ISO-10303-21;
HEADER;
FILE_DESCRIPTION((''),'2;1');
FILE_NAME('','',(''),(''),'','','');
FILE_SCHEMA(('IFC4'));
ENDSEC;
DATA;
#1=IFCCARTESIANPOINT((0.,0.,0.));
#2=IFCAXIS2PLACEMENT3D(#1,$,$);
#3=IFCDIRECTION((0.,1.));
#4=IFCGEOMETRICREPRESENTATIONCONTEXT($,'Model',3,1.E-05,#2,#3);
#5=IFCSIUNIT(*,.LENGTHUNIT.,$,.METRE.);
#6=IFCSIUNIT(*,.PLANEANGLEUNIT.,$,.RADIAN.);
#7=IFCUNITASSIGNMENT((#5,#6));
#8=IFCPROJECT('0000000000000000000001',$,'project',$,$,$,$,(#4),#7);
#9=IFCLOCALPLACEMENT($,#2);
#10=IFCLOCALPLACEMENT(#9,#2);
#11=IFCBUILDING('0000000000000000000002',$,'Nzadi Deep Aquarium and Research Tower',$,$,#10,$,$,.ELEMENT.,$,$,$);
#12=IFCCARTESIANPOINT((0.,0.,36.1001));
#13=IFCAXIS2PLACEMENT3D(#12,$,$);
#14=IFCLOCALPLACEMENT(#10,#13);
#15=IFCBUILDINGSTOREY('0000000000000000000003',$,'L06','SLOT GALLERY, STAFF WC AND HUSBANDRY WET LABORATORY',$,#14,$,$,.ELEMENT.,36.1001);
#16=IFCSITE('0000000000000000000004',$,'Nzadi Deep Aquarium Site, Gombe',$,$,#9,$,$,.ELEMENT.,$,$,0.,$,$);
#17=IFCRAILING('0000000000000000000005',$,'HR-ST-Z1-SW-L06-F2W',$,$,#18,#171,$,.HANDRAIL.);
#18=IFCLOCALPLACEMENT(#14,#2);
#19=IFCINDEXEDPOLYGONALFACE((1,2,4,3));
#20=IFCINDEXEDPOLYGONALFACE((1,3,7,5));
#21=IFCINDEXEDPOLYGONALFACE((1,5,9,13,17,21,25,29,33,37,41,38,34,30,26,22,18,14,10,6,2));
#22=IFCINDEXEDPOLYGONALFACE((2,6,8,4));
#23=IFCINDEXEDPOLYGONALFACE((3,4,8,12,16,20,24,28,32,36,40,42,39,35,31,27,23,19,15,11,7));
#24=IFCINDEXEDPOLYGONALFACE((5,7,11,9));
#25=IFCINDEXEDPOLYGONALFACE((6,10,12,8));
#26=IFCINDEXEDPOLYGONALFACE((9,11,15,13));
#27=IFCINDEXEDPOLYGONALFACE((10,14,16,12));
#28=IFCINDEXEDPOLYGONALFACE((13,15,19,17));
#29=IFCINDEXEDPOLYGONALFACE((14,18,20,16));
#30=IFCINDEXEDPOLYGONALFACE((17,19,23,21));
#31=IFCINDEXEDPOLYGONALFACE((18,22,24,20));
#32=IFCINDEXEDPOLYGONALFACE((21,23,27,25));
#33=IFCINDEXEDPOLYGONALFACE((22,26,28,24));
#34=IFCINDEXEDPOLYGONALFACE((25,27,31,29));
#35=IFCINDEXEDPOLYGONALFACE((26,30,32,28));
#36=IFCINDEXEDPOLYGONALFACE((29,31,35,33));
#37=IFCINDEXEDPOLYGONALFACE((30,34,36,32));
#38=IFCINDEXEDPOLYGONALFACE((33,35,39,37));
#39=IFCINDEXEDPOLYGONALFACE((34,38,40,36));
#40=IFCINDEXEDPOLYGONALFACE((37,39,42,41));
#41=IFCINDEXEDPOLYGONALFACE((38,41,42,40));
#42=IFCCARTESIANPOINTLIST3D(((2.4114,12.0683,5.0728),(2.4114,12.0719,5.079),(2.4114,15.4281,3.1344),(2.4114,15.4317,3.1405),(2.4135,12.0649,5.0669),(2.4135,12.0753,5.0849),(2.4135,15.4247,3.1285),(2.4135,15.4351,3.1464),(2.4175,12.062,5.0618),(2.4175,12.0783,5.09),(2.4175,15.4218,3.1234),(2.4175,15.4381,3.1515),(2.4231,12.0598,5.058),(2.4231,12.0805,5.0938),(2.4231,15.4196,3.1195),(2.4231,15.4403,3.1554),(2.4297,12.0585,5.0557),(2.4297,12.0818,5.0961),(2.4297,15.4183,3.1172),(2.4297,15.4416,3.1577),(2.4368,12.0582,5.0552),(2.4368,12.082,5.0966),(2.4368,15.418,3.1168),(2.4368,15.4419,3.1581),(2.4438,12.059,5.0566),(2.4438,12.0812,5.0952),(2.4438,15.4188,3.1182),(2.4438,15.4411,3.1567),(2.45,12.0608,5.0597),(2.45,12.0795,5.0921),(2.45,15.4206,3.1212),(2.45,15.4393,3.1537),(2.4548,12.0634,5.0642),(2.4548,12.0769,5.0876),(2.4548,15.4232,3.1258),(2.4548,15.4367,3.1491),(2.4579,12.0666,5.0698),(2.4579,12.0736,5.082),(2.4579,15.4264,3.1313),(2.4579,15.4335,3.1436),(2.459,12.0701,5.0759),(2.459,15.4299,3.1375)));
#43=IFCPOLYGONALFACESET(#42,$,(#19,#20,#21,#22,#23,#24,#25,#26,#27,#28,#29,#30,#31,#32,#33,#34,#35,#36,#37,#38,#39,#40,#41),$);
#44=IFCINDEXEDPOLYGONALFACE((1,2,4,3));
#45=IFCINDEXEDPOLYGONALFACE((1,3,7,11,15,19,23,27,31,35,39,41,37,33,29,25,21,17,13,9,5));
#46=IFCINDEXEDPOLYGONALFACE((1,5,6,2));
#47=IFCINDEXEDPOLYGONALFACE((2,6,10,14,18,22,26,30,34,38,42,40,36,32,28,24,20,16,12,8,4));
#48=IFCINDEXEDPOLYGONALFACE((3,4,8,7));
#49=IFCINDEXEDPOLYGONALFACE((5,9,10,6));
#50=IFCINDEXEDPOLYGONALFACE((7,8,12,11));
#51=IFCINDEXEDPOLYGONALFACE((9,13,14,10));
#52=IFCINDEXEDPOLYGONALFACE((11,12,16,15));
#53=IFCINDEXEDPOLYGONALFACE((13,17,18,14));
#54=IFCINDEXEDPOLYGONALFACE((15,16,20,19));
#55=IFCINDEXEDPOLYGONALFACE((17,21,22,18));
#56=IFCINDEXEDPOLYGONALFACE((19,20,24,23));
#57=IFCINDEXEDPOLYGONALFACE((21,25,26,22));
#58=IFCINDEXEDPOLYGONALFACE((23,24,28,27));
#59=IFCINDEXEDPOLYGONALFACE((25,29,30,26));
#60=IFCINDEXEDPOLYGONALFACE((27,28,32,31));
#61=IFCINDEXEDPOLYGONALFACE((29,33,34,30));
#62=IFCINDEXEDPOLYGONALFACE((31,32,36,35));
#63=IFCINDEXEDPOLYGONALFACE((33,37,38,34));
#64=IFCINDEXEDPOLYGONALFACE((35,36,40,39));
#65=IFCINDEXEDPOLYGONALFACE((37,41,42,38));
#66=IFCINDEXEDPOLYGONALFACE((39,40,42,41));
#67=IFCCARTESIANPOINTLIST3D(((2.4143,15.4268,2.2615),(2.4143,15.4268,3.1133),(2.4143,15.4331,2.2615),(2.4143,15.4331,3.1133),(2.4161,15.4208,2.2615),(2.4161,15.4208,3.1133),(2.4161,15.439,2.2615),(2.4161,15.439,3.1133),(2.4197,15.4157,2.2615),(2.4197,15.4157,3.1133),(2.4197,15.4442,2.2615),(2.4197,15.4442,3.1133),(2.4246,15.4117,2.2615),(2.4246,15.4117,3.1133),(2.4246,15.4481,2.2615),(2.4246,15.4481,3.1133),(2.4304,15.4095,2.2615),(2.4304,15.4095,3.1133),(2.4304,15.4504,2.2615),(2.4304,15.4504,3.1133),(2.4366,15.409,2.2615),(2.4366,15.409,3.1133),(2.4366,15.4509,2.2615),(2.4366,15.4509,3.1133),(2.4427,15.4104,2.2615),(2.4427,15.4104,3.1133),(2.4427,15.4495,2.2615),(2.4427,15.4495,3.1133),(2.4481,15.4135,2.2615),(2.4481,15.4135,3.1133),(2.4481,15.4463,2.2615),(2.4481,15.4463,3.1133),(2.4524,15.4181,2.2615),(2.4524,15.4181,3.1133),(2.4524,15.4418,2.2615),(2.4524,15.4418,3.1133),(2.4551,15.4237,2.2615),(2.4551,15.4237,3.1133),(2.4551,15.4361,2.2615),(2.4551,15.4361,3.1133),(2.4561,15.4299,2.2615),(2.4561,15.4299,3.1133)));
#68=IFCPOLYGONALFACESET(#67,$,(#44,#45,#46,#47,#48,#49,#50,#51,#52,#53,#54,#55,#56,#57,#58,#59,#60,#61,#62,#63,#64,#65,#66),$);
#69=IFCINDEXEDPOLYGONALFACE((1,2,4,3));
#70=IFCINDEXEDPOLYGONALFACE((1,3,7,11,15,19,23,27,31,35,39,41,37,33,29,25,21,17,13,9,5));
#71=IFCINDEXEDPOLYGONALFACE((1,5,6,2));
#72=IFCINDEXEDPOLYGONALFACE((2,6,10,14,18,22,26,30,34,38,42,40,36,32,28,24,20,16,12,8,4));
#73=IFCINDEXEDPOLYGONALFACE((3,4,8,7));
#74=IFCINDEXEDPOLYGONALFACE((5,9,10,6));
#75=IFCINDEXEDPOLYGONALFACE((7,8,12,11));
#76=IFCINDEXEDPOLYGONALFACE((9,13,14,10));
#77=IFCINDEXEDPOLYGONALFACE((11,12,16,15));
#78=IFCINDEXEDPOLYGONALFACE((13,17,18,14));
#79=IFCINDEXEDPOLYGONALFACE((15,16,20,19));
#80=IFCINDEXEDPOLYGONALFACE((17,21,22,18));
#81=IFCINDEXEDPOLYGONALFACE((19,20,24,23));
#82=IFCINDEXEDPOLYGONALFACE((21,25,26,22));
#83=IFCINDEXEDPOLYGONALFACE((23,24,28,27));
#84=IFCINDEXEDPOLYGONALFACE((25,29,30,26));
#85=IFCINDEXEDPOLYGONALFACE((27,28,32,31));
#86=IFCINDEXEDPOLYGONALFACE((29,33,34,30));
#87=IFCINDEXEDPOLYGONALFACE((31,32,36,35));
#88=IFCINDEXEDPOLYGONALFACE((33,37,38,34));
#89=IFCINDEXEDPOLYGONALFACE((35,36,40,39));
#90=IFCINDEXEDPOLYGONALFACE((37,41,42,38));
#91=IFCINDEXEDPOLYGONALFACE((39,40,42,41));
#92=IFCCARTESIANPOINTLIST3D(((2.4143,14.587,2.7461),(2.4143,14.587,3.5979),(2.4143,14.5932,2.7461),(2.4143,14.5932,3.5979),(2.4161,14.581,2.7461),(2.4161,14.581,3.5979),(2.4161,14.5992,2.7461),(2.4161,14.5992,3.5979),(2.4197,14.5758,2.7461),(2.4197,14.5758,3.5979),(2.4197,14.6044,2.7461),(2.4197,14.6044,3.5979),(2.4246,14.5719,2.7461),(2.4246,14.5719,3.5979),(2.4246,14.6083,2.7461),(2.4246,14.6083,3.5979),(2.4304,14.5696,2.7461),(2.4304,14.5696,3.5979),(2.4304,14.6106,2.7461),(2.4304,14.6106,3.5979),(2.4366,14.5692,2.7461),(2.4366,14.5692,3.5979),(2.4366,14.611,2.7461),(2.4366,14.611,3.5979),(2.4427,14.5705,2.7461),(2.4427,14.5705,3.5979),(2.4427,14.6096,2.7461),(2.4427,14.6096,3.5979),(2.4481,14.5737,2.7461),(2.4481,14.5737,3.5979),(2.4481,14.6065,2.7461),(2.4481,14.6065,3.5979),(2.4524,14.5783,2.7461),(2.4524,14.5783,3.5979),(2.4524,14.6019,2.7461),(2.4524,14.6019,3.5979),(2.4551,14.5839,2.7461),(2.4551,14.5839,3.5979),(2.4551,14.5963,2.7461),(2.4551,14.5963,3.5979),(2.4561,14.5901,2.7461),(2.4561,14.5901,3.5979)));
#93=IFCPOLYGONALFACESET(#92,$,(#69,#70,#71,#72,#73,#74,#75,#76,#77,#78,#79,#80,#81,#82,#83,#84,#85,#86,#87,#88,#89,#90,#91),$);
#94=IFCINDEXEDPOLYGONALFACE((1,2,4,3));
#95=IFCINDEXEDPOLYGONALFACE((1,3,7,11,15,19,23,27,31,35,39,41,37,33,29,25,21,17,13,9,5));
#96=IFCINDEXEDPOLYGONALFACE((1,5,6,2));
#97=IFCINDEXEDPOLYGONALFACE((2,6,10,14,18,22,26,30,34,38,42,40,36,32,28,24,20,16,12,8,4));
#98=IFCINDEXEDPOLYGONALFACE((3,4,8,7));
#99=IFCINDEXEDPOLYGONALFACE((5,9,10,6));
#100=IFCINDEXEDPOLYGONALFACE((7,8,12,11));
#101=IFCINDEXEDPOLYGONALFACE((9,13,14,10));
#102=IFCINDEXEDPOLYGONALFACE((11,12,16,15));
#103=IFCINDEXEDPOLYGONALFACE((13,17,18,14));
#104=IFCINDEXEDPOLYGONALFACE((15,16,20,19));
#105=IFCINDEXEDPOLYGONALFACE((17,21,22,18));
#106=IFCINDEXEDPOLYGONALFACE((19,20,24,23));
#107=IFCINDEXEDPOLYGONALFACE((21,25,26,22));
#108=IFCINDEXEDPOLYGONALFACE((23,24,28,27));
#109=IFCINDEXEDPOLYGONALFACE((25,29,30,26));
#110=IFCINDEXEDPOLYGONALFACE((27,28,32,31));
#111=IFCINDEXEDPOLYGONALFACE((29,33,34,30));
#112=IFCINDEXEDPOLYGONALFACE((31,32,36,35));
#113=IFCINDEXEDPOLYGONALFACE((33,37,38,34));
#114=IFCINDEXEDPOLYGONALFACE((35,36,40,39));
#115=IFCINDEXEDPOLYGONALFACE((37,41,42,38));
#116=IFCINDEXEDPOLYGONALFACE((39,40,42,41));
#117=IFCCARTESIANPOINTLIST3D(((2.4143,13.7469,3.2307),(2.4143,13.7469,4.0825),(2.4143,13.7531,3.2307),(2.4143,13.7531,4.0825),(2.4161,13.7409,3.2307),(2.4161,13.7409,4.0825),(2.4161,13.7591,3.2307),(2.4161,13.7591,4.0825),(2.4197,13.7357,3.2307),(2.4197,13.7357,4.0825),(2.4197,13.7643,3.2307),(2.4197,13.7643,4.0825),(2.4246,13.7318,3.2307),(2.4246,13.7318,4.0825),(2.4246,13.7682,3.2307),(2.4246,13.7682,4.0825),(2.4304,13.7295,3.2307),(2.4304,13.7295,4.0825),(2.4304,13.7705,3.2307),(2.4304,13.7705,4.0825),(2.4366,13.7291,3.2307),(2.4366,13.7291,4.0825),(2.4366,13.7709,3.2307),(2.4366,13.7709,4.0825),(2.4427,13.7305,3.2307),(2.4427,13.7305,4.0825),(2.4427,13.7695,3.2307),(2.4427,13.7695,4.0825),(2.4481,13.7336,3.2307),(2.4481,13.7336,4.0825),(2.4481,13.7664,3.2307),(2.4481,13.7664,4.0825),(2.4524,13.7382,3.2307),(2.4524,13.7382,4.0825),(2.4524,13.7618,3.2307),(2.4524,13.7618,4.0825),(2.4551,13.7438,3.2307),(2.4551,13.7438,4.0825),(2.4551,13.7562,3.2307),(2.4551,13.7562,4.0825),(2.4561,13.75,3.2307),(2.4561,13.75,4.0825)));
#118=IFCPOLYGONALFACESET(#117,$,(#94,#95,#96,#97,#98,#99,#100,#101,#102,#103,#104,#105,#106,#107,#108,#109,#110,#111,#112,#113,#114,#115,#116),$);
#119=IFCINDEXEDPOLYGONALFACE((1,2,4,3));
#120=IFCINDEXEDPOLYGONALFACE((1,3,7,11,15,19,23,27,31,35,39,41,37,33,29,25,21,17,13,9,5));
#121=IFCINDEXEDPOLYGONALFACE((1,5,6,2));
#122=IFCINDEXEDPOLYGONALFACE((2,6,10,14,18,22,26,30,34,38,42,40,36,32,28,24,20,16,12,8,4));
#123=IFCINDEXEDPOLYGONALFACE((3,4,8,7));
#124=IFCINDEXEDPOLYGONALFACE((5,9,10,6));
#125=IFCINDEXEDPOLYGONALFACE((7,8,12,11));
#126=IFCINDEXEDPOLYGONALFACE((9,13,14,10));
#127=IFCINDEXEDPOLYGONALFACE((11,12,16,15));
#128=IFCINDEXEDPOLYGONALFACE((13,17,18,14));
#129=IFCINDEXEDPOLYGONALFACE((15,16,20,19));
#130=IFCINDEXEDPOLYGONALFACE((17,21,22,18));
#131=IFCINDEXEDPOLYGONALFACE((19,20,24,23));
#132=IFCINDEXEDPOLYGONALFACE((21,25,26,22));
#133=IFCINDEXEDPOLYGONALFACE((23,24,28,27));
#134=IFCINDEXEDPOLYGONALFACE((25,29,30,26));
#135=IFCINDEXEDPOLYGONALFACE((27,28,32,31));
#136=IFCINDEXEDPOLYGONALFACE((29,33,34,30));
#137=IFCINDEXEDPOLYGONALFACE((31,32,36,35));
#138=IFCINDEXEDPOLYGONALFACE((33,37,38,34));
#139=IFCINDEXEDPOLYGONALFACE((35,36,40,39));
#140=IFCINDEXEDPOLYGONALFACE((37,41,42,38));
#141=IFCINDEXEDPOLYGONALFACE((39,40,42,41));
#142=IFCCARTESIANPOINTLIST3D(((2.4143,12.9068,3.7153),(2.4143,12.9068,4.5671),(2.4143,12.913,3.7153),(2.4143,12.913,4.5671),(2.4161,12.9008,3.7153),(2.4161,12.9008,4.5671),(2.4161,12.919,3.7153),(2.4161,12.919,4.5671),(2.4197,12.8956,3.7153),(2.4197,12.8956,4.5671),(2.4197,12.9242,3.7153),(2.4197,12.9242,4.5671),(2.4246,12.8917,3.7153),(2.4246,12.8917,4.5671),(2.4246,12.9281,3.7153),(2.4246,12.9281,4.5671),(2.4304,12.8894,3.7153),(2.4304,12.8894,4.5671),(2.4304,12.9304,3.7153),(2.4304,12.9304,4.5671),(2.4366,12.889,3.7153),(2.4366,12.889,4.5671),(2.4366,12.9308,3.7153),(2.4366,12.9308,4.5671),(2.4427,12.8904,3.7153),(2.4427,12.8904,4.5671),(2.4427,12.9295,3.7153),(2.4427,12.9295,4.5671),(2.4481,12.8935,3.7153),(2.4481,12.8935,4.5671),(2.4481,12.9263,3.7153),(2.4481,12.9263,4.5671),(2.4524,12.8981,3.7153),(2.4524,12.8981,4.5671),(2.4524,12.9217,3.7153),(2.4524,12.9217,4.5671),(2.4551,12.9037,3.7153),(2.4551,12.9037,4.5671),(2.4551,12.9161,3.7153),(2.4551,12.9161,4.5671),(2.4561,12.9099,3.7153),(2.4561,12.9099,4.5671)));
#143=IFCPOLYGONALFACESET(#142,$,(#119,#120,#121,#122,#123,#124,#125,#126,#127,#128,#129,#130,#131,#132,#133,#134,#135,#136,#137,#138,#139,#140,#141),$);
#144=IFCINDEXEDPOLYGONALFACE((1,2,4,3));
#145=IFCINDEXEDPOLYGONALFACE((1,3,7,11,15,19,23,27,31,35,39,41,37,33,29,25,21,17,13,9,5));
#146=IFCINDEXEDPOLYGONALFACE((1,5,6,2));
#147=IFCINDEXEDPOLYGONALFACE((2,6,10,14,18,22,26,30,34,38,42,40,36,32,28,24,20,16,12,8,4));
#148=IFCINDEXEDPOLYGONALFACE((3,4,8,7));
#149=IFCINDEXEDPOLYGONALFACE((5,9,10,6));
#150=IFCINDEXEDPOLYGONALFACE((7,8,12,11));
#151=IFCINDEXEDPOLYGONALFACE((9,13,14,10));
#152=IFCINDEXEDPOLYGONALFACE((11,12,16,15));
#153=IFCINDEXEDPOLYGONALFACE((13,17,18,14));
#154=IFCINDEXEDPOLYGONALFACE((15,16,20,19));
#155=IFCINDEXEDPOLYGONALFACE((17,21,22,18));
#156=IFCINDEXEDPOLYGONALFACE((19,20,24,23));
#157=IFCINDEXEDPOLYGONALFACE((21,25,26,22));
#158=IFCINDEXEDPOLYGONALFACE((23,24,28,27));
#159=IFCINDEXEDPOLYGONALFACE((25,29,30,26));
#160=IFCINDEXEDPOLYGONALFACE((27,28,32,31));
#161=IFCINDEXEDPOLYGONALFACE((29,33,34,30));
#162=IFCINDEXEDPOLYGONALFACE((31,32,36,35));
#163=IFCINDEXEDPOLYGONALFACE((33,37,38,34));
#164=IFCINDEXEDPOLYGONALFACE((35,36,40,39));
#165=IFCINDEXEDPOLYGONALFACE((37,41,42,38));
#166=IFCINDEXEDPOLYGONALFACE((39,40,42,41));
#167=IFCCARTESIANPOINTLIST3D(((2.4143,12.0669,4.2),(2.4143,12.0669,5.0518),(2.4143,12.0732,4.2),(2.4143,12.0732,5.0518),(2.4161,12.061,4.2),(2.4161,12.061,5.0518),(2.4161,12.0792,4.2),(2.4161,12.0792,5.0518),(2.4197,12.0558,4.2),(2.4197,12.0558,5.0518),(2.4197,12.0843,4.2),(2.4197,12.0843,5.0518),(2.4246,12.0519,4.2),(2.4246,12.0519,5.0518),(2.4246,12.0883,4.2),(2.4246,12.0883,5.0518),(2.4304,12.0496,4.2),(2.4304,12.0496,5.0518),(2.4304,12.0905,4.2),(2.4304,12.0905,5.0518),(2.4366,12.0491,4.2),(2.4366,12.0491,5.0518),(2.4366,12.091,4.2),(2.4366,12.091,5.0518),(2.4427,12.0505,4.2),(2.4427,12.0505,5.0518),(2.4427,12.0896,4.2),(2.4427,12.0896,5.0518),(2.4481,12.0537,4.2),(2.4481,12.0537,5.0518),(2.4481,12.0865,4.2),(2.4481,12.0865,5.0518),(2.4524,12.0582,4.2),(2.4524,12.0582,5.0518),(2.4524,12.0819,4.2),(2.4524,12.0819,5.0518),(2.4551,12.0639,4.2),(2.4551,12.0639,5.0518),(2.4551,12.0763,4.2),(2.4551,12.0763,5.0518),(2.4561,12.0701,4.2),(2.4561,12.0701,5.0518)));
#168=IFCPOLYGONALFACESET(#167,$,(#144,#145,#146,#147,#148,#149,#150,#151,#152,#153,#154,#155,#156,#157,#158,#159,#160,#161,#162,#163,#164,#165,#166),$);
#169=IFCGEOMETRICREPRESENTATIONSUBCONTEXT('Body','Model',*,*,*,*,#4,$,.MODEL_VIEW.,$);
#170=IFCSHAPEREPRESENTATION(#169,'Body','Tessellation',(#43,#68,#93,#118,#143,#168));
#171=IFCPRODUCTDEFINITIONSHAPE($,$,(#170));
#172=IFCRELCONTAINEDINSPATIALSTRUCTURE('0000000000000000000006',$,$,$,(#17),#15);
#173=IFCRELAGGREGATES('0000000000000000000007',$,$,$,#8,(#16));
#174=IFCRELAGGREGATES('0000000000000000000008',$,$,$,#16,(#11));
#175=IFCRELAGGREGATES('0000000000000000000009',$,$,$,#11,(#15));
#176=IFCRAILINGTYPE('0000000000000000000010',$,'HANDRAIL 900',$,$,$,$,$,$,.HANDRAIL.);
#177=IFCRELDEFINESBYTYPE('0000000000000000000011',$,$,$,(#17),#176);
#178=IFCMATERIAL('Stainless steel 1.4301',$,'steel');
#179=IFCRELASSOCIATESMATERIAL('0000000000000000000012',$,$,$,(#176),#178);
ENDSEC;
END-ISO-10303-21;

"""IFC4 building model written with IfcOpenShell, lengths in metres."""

from ifc_helpers import new_model, si_unit, direction, frame, origin, origin_2d, place, context, subcontext, project, spatial, circle, extrude, material, type_object, element, save


model = new_model("IFC4")

# Units and contexts
model_context = context("Model", 3, precision=1e-05, world=origin(), true_north=direction((0.0, 1.0)))
body_context = subcontext(model_context, "Body", "Model", "MODEL_VIEW")
ifc_project = project(units=[si_unit("LENGTHUNIT", "METRE"), si_unit("PLANEANGLEUNIT", "RADIAN")], contexts=[model_context])

# Site, building, storey
site_placement = place(None, origin())
site = spatial("IfcSite", under=ifc_project, at=site_placement, Name="Nzadi Deep Aquarium Site, Gombe", CompositionType="ELEMENT", RefElevation=0.0)
building_placement = place(site_placement, origin())
building = spatial("IfcBuilding", under=site, at=building_placement, Name="Nzadi Deep Aquarium and Research Tower", CompositionType="ELEMENT")
storey_placement = place(building_placement, frame((0.0, 0.0, 36.1001)))
storey = spatial("IfcBuildingStorey", under=building, at=storey_placement, Name="L06", Description="SLOT GALLERY, STAFF WC AND HUSBANDRY WET LABORATORY", CompositionType="ELEMENT", Elevation=36.1001)

# Railing
ifc_material_1 = material(Name="Stainless steel 1.4301", Category="steel")
railing_type = type_object("IfcRailingType", Name="HANDRAIL 900", PredefinedType="HANDRAIL", material=ifc_material_1)
for number, where, name in (
    (1, (2.4351, 15.4299, 2.2615), "HR-ST-Z1-SW-L06-F2W"),
):
    element("IfcRailing", number, at=place(storey_placement, frame(where)), inside=storey, type_object=railing_type, Name=name, PredefinedType="HANDRAIL", context=body_context, shape_type="SweptSolid", body=[
        extrude(circle(Radius=0.0239, at=origin_2d()), frame((0.0, 0.0, 0.876), z_axis=(0.0, -0.866175, 0.499741), x_axis=(1.0, 0.0, 0.0)), (0.0, 0.0, 1.0), 3.8789),
        extrude(circle(Radius=0.021, at=origin_2d()), origin(), (0.0, 0.0, 1.0), 0.8518),
        extrude(circle(Radius=0.021, at=origin_2d()), frame((0.0, -0.8398, 0.4846)), (0.0, 0.0, 1.0), 0.8518),
        extrude(circle(Radius=0.021, at=origin_2d()), frame((0.0, -1.6799, 0.9692)), (0.0, 0.0, 1.0), 0.8518),
        extrude(circle(Radius=0.021, at=origin_2d()), frame((0.0, -2.52, 1.4539)), (0.0, 0.0, 1.0), 0.8518),
        extrude(circle(Radius=0.021, at=origin_2d()), frame((0.0, -3.3599, 1.9385)), (0.0, 0.0, 1.0), 0.8518),
    ])

save(model, "model.ifc")
